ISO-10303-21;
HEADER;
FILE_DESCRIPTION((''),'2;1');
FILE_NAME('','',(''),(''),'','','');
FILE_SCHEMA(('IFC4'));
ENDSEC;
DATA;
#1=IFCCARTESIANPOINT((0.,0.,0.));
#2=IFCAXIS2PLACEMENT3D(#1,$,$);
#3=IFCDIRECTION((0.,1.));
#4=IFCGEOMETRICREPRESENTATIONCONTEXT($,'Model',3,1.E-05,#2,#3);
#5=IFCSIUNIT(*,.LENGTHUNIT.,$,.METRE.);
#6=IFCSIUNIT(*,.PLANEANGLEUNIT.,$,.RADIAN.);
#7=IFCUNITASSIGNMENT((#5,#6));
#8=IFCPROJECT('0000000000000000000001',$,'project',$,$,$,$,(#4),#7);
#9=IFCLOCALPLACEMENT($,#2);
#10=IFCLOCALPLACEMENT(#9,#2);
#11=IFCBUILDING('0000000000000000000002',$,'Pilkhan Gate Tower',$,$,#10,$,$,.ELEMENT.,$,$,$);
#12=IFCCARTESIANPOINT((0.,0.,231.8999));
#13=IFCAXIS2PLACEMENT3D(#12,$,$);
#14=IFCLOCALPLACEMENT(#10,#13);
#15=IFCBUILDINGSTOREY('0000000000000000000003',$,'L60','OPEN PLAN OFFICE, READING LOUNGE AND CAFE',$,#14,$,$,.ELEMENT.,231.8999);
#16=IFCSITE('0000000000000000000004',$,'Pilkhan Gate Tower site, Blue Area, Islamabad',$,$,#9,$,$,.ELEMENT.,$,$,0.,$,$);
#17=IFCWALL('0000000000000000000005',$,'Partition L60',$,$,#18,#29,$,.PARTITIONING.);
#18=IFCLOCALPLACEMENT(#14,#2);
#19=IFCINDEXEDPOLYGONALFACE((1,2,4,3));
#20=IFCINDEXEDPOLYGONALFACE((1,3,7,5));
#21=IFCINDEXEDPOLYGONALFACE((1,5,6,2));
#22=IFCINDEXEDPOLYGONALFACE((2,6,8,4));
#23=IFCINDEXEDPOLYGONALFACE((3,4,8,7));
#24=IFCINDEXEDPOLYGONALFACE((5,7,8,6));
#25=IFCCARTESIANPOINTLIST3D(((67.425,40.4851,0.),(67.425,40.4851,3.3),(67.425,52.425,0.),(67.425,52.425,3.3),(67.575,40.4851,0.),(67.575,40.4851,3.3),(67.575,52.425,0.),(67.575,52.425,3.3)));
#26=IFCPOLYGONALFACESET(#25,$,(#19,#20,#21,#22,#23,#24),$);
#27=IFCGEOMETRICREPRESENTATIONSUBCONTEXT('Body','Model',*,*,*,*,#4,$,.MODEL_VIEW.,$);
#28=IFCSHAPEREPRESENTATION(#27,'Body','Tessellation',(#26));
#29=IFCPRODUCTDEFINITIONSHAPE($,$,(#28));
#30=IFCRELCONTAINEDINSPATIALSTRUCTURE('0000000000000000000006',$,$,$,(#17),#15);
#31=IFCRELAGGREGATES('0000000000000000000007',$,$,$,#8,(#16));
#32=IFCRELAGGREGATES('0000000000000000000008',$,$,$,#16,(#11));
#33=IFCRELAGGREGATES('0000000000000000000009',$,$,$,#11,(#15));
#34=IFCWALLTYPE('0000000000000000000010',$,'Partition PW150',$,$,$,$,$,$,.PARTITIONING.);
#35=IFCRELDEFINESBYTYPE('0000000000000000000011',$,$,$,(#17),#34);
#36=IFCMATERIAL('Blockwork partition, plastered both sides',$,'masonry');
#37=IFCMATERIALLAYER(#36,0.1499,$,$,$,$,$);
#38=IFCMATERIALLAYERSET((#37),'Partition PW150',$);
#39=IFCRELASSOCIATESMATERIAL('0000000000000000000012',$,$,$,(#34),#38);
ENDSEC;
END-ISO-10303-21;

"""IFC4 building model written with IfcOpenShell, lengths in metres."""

from ifc_helpers import new_model, si_unit, direction, frame, frame_2d, origin, place, context, subcontext, project, spatial, rectangle, extrude, material, layer, layer_set, type_object, element, save


model = new_model("IFC4")

# Units and contexts
model_context = context("Model", 3, precision=1e-05, world=origin(), true_north=direction((0.0, 1.0)))
body_context = subcontext(model_context, "Body", "Model", "MODEL_VIEW")
ifc_project = project(units=[si_unit("LENGTHUNIT", "METRE"), si_unit("PLANEANGLEUNIT", "RADIAN")], contexts=[model_context])

# Site, building, storey
site_placement = place(None, origin())
site = spatial("IfcSite", under=ifc_project, at=site_placement, Name="Pilkhan Gate Tower site, Blue Area, Islamabad", CompositionType="ELEMENT", RefElevation=0.0)
building_placement = place(site_placement, origin())
building = spatial("IfcBuilding", under=site, at=building_placement, Name="Pilkhan Gate Tower", CompositionType="ELEMENT")
storey_placement = place(building_placement, frame((0.0, 0.0, 231.8999)))
storey = spatial("IfcBuildingStorey", under=building, at=storey_placement, Name="L60", Description="OPEN PLAN OFFICE, READING LOUNGE AND CAFE", CompositionType="ELEMENT", Elevation=231.8999)

# Wall
ifc_material_1 = material(Name="Blockwork partition, plastered both sides", Category="masonry")
ifc_layer_1 = layer(ifc_material_1, 0.1499)
ifc_layer_set_1 = layer_set([ifc_layer_1], Name="Partition PW150")
wall_type_1 = type_object("IfcWallType", Name="Partition PW150", PredefinedType="PARTITIONING", material=ifc_layer_set_1)
wall_1_placement = place(storey_placement, frame((67.5, 40.4851, 0.0), z_axis=(0.0, 0.0, 1.0), x_axis=(0.0, 1.0, 0.0)))
element("IfcWall", 1, at=wall_1_placement, inside=storey, type_object=wall_type_1, Name="Partition L60", PredefinedType="PARTITIONING", context=body_context, shape_type="SweptSolid", body=[
    extrude(rectangle(XDim=11.9399, YDim=0.1499, at=frame_2d((5.97, 0.0))), origin(), (0.0, 0.0, 1.0), 3.3),
])

save(model, "model.ifc")
